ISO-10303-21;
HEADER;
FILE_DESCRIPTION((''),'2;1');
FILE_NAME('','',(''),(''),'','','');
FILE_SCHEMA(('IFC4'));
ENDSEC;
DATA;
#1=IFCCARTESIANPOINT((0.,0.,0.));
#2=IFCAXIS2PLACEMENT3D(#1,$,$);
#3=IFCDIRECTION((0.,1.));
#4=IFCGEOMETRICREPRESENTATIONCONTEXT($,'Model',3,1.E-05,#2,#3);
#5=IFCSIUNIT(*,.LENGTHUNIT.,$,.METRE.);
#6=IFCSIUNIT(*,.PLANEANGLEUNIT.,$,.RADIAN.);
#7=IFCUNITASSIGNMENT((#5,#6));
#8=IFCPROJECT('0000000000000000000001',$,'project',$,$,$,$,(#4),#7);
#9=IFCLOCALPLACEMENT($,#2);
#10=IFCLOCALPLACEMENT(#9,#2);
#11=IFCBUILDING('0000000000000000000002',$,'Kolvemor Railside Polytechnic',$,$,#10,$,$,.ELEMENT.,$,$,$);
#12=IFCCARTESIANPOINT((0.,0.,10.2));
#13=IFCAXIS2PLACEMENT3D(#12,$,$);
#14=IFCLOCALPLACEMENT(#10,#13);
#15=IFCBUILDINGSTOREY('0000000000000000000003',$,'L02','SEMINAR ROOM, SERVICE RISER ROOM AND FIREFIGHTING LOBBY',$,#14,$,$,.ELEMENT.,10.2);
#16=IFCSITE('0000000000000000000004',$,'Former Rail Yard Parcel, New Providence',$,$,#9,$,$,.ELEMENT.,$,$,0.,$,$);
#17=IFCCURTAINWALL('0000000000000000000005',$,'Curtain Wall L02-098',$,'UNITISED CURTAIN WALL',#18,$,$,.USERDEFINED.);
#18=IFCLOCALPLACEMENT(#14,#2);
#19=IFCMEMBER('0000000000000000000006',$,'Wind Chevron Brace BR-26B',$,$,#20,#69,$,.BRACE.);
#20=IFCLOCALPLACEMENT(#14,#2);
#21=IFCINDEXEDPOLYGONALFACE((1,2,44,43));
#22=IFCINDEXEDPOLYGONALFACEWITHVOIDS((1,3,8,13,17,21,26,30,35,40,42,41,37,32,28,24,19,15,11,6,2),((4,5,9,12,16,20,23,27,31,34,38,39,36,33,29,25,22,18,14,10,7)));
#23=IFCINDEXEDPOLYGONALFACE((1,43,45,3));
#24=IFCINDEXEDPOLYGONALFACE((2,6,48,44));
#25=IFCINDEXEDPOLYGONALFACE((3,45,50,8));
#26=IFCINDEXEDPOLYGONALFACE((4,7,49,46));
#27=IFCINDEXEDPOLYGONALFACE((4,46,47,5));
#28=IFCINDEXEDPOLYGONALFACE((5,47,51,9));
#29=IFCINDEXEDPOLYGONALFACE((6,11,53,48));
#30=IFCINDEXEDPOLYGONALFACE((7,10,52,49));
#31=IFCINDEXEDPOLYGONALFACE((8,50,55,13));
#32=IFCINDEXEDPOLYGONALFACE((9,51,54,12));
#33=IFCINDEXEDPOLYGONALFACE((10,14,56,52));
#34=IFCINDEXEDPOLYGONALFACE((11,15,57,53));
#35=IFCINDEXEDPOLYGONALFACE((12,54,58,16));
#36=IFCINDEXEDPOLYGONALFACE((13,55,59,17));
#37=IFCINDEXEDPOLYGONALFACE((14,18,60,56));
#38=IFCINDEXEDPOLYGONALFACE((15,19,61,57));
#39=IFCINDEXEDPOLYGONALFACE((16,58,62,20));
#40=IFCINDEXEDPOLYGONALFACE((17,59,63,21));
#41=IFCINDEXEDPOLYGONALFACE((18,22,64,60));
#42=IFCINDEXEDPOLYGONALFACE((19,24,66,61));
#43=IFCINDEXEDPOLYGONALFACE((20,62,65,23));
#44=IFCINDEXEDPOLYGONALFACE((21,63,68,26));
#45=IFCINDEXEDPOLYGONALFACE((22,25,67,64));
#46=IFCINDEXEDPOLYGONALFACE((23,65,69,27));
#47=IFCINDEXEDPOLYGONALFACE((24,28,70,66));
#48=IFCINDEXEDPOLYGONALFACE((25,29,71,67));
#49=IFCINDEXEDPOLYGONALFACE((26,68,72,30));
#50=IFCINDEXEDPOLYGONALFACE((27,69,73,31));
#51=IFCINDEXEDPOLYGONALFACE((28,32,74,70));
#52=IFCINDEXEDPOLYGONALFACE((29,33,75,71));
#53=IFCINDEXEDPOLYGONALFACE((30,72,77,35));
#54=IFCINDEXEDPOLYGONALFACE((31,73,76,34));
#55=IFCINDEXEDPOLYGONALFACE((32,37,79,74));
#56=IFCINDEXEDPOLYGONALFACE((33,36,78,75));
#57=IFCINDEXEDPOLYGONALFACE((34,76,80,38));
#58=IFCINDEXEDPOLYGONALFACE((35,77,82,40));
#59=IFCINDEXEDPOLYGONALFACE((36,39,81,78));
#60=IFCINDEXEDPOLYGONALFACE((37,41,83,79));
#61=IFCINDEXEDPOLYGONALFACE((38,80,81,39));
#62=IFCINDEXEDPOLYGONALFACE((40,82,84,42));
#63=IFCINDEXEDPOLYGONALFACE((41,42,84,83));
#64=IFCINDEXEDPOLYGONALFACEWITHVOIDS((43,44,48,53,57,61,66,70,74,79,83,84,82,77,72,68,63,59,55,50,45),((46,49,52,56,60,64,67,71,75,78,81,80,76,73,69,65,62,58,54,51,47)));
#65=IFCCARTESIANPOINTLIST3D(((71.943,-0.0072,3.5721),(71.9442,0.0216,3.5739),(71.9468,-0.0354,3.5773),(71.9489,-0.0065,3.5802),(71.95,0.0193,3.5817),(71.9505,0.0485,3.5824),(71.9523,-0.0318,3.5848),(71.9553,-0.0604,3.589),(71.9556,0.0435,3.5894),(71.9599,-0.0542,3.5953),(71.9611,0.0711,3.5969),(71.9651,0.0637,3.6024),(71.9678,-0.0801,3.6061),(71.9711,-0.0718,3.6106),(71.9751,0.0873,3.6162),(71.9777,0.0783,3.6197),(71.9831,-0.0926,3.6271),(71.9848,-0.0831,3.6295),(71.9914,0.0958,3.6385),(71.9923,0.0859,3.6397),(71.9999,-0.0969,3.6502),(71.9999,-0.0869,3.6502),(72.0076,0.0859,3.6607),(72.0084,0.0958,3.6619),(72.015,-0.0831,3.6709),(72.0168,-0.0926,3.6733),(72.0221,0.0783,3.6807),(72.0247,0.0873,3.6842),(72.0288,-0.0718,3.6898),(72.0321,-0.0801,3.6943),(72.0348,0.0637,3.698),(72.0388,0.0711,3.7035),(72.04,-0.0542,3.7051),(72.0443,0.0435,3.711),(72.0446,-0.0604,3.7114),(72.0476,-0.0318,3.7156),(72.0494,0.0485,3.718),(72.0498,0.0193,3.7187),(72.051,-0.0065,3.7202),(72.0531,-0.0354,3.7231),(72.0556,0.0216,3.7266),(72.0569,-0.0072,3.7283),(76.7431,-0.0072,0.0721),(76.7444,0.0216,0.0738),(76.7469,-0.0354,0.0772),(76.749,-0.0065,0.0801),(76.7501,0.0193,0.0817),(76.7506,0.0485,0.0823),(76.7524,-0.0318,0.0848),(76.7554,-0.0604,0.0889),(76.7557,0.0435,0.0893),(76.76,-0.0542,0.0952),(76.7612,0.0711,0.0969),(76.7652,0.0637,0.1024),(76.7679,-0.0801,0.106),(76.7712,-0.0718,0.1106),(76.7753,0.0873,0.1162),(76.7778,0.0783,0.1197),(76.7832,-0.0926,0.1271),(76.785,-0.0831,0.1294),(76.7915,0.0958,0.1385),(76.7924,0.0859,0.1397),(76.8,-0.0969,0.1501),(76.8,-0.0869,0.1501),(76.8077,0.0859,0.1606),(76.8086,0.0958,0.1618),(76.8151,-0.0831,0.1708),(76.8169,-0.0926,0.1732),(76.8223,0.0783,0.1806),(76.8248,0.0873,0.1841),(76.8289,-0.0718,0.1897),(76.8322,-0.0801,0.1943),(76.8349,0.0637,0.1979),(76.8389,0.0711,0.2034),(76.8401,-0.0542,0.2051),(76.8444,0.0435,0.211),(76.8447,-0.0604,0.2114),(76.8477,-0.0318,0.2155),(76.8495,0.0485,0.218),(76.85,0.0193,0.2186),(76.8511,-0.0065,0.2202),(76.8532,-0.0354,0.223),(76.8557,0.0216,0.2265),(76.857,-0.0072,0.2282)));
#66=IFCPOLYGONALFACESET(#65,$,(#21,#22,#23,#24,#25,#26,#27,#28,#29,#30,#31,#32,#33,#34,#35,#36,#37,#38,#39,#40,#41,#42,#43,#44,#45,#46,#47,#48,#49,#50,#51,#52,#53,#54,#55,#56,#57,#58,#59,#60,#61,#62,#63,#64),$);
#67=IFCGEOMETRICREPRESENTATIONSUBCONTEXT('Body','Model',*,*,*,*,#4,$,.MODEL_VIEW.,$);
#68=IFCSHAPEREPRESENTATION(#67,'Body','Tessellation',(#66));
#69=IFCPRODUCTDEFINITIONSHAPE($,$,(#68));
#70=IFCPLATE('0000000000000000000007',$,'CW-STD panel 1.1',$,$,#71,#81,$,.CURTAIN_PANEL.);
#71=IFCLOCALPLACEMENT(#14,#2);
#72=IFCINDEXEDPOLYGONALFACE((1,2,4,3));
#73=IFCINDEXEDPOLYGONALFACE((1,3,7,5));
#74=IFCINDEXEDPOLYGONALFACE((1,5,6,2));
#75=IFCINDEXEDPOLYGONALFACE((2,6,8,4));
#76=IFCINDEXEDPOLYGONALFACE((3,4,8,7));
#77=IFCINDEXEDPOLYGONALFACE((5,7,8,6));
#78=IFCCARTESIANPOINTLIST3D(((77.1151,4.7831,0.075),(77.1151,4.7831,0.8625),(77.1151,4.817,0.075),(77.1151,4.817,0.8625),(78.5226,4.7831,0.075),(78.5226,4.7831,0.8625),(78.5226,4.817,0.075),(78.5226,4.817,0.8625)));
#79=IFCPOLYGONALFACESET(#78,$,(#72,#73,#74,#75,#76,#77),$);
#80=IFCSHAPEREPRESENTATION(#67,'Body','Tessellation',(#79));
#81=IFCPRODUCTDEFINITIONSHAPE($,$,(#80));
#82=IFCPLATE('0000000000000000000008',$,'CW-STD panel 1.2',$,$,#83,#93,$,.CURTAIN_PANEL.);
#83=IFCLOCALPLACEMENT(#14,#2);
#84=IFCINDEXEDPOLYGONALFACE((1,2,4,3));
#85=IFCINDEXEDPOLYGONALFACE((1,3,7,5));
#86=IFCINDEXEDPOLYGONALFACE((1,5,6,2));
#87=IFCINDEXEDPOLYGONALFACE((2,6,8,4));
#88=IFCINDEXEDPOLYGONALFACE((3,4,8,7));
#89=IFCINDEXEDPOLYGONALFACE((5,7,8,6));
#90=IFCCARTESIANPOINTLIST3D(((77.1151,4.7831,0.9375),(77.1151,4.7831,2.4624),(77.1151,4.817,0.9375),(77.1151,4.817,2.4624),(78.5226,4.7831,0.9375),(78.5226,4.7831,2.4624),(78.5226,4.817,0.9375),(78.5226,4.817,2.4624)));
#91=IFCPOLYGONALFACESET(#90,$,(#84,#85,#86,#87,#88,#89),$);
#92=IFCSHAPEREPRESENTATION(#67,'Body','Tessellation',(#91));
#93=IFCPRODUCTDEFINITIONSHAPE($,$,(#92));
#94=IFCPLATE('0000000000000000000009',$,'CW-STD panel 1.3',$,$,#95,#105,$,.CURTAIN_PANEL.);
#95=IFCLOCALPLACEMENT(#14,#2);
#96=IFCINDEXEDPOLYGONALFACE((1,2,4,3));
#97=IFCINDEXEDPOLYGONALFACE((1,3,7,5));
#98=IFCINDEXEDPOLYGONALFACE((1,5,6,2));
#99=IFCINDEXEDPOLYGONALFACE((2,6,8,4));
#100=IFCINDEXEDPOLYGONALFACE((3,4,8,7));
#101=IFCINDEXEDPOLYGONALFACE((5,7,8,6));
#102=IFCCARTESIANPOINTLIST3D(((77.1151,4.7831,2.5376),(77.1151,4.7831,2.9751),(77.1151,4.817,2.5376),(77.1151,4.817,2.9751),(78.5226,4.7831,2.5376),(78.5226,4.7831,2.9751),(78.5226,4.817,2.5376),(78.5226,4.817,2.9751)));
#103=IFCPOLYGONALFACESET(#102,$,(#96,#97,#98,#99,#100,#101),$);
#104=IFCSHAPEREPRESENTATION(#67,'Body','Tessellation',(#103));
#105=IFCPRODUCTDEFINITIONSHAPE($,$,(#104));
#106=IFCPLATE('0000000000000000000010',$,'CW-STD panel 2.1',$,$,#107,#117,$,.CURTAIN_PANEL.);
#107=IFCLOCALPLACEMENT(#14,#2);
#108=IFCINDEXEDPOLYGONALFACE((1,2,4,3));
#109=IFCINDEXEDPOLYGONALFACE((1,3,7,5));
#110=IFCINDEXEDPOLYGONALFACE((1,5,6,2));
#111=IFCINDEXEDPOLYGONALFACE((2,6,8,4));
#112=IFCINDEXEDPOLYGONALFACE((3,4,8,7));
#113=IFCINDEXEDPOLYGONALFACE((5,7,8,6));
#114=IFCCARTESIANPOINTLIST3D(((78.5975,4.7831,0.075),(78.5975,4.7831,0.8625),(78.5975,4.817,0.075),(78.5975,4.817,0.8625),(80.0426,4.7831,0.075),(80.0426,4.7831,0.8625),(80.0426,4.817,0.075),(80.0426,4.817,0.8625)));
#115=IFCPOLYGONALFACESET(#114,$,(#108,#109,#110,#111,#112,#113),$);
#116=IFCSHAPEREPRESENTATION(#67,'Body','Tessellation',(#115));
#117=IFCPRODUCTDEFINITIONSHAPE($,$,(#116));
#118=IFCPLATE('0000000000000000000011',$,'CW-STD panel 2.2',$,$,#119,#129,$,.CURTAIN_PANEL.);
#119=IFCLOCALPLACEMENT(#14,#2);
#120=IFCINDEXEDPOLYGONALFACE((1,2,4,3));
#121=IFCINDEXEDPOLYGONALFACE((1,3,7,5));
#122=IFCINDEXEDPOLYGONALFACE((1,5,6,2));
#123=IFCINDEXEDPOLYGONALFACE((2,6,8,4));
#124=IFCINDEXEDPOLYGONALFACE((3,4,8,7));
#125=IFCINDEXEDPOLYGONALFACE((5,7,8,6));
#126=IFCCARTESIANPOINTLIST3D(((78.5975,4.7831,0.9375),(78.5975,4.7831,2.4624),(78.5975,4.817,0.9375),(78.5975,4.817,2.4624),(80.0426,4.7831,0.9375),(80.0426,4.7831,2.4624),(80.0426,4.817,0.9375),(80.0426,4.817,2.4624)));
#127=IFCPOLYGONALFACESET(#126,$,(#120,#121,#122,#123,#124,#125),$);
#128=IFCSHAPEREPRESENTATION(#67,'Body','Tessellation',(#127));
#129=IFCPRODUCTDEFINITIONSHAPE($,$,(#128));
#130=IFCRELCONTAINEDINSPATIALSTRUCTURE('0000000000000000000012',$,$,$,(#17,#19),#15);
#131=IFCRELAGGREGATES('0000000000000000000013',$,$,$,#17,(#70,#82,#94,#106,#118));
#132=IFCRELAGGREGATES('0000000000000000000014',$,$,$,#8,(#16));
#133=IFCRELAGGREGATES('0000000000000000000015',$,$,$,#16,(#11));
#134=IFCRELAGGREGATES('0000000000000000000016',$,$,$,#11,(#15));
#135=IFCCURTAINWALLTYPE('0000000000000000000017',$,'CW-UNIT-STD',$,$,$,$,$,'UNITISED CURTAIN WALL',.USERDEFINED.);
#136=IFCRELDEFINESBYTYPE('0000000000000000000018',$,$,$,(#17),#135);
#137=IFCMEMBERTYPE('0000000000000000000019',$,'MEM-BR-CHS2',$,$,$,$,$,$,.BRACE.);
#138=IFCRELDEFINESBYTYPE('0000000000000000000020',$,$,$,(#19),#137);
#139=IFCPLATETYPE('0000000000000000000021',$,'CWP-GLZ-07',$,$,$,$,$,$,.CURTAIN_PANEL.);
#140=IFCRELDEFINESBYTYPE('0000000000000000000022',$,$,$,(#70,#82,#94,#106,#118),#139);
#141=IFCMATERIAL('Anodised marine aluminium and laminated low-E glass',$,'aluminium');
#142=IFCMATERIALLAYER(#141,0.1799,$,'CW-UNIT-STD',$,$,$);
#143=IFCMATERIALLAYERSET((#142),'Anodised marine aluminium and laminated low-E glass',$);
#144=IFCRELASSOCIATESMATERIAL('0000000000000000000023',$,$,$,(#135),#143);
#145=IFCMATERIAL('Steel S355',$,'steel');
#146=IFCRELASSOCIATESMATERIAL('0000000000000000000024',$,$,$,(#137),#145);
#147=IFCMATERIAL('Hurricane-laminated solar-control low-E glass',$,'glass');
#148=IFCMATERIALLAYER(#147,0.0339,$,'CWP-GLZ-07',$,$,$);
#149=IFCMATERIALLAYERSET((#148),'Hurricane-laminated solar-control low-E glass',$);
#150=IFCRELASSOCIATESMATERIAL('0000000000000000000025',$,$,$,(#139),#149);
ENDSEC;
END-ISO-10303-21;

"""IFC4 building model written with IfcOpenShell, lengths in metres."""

from ifc_helpers import new_model, si_unit, direction, frame, origin, origin_2d, place, context, subcontext, project, spatial, rectangle, hollow_circle, extrude, material, layer, layer_set, material_profile, profile_set, type_object, element, aggregate, save


model = new_model("IFC4")

# Units and contexts
model_context = context("Model", 3, precision=1e-05, world=origin(), true_north=direction((0.0, 1.0)))
body_context = subcontext(model_context, "Body", "Model", "MODEL_VIEW")
ifc_project = project(units=[si_unit("LENGTHUNIT", "METRE"), si_unit("PLANEANGLEUNIT", "RADIAN")], contexts=[model_context])

# Site, building, storey
site_placement = place(None, origin())
site = spatial("IfcSite", under=ifc_project, at=site_placement, Name="Former Rail Yard Parcel, New Providence", CompositionType="ELEMENT", RefElevation=0.0)
building_placement = place(site_placement, origin())
building = spatial("IfcBuilding", under=site, at=building_placement, Name="Kolvemor Railside Polytechnic", CompositionType="ELEMENT")
storey_placement = place(building_placement, frame((0.0, 0.0, 10.2)))
storey = spatial("IfcBuildingStorey", under=building, at=storey_placement, Name="L02", Description="SEMINAR ROOM, SERVICE RISER ROOM AND FIREFIGHTING LOBBY", CompositionType="ELEMENT", Elevation=10.2)

# Curtain wall
ifc_material_1 = material(Name="Anodised marine aluminium and laminated low-E glass", Category="aluminium")
ifc_layer_1 = layer(ifc_material_1, 0.1799, Name="CW-UNIT-STD")
ifc_layer_set_1 = layer_set([ifc_layer_1], Name="Anodised marine aluminium and laminated low-E glass")
curtain_wall_type = type_object("IfcCurtainWallType", Name="CW-UNIT-STD", ElementType="UNITISED CURTAIN WALL", PredefinedType="USERDEFINED", material=ifc_layer_set_1)
curtain_wall_placement = place(storey_placement, origin())
curtain_wall = element("IfcCurtainWall", 1, at=curtain_wall_placement, inside=storey, type_object=curtain_wall_type, Name="Curtain Wall L02-098", ObjectType="UNITISED CURTAIN WALL", PredefinedType="USERDEFINED")

# Member
ifc_material_2 = material(Name="Steel S355", Category="steel")
ifc_material_profile_1 = material_profile(ifc_material_2, hollow_circle(Radius=0.0969, WallThickness=0.01, at=origin_2d()), Name="CHS193.7x10")
ifc_profile_set_1 = profile_set([ifc_material_profile_1], Name="Steel S355")
member_type_1 = type_object("IfcMemberType", Name="MEM-BR-CHS2", PredefinedType="BRACE", material=ifc_profile_set_1)
member_1_placement = place(storey_placement, frame((76.8, 0.0, 0.1501), z_axis=(-0.80801, 0.0, 0.589168), x_axis=(0.0, -1.0, 0.0)))
element("IfcMember", 2, at=member_1_placement, inside=storey, type_object=member_type_1, Name="Wind Chevron Brace BR-26B", PredefinedType="BRACE", context=body_context, shape_type="SweptSolid", body=[
    extrude(hollow_circle(Radius=0.0969, WallThickness=0.01, at=origin_2d()), origin(), (0.0, 0.0, 1.0), 5.9407),
])

# Plates
ifc_material_3 = material(Name="Hurricane-laminated solar-control low-E glass", Category="glass")
ifc_layer_2 = layer(ifc_material_3, 0.0339, Name="CWP-GLZ-07")
ifc_layer_set_2 = layer_set([ifc_layer_2], Name="Hurricane-laminated solar-control low-E glass")
plate_type = type_object("IfcPlateType", Name="CWP-GLZ-07", PredefinedType="CURTAIN_PANEL", material=ifc_layer_set_2)
plate_1_placement = place(storey_placement, frame((77.8188, 4.8, 0.075), z_axis=(0.0, 0.0, 1.0), x_axis=(1.0, 0.0, 0.0)))
plate_1 = element("IfcPlate", 3, at=plate_1_placement, type_object=plate_type, Name="CW-STD panel 1.1", PredefinedType="CURTAIN_PANEL", context=body_context, shape_type="SweptSolid", body=[
    extrude(rectangle(XDim=1.4075, YDim=0.0339, at=origin_2d()), origin(), (0.0, 0.0, 1.0), 0.7876),
])
plate_2_placement = place(storey_placement, frame((77.8188, 4.8, 0.9375), z_axis=(0.0, 0.0, 1.0), x_axis=(1.0, 0.0, 0.0)))
plate_2 = element("IfcPlate", 4, at=plate_2_placement, type_object=plate_type, Name="CW-STD panel 1.2", PredefinedType="CURTAIN_PANEL", context=body_context, shape_type="SweptSolid", body=[
    extrude(rectangle(XDim=1.4075, YDim=0.0339, at=origin_2d()), origin(), (0.0, 0.0, 1.0), 1.5249),
])
plate_3_placement = place(storey_placement, frame((77.8188, 4.8, 2.5376), z_axis=(0.0, 0.0, 1.0), x_axis=(1.0, 0.0, 0.0)))
plate_3 = element("IfcPlate", 5, at=plate_3_placement, type_object=plate_type, Name="CW-STD panel 1.3", PredefinedType="CURTAIN_PANEL", context=body_context, shape_type="SweptSolid", body=[
    extrude(rectangle(XDim=1.4075, YDim=0.0339, at=origin_2d()), origin(), (0.0, 0.0, 1.0), 0.4375),
])
plate_4_placement = place(storey_placement, frame((79.3201, 4.8, 0.075), z_axis=(0.0, 0.0, 1.0), x_axis=(1.0, 0.0, 0.0)))
plate_4 = element("IfcPlate", 6, at=plate_4_placement, type_object=plate_type, Name="CW-STD panel 2.1", PredefinedType="CURTAIN_PANEL", context=body_context, shape_type="SweptSolid", body=[
    extrude(rectangle(XDim=1.4451, YDim=0.0339, at=origin_2d()), origin(), (0.0, 0.0, 1.0), 0.7876),
])
plate_5_placement = place(storey_placement, frame((79.3201, 4.8, 0.9375), z_axis=(0.0, 0.0, 1.0), x_axis=(1.0, 0.0, 0.0)))
plate_5 = element("IfcPlate", 7, at=plate_5_placement, type_object=plate_type, Name="CW-STD panel 2.2", PredefinedType="CURTAIN_PANEL", context=body_context, shape_type="SweptSolid", body=[
    extrude(rectangle(XDim=1.4451, YDim=0.0339, at=origin_2d()), origin(), (0.0, 0.0, 1.0), 1.5249),
])
aggregate(curtain_wall, [plate_1, plate_2, plate_3, plate_4, plate_5])

save(model, "model.ifc")
